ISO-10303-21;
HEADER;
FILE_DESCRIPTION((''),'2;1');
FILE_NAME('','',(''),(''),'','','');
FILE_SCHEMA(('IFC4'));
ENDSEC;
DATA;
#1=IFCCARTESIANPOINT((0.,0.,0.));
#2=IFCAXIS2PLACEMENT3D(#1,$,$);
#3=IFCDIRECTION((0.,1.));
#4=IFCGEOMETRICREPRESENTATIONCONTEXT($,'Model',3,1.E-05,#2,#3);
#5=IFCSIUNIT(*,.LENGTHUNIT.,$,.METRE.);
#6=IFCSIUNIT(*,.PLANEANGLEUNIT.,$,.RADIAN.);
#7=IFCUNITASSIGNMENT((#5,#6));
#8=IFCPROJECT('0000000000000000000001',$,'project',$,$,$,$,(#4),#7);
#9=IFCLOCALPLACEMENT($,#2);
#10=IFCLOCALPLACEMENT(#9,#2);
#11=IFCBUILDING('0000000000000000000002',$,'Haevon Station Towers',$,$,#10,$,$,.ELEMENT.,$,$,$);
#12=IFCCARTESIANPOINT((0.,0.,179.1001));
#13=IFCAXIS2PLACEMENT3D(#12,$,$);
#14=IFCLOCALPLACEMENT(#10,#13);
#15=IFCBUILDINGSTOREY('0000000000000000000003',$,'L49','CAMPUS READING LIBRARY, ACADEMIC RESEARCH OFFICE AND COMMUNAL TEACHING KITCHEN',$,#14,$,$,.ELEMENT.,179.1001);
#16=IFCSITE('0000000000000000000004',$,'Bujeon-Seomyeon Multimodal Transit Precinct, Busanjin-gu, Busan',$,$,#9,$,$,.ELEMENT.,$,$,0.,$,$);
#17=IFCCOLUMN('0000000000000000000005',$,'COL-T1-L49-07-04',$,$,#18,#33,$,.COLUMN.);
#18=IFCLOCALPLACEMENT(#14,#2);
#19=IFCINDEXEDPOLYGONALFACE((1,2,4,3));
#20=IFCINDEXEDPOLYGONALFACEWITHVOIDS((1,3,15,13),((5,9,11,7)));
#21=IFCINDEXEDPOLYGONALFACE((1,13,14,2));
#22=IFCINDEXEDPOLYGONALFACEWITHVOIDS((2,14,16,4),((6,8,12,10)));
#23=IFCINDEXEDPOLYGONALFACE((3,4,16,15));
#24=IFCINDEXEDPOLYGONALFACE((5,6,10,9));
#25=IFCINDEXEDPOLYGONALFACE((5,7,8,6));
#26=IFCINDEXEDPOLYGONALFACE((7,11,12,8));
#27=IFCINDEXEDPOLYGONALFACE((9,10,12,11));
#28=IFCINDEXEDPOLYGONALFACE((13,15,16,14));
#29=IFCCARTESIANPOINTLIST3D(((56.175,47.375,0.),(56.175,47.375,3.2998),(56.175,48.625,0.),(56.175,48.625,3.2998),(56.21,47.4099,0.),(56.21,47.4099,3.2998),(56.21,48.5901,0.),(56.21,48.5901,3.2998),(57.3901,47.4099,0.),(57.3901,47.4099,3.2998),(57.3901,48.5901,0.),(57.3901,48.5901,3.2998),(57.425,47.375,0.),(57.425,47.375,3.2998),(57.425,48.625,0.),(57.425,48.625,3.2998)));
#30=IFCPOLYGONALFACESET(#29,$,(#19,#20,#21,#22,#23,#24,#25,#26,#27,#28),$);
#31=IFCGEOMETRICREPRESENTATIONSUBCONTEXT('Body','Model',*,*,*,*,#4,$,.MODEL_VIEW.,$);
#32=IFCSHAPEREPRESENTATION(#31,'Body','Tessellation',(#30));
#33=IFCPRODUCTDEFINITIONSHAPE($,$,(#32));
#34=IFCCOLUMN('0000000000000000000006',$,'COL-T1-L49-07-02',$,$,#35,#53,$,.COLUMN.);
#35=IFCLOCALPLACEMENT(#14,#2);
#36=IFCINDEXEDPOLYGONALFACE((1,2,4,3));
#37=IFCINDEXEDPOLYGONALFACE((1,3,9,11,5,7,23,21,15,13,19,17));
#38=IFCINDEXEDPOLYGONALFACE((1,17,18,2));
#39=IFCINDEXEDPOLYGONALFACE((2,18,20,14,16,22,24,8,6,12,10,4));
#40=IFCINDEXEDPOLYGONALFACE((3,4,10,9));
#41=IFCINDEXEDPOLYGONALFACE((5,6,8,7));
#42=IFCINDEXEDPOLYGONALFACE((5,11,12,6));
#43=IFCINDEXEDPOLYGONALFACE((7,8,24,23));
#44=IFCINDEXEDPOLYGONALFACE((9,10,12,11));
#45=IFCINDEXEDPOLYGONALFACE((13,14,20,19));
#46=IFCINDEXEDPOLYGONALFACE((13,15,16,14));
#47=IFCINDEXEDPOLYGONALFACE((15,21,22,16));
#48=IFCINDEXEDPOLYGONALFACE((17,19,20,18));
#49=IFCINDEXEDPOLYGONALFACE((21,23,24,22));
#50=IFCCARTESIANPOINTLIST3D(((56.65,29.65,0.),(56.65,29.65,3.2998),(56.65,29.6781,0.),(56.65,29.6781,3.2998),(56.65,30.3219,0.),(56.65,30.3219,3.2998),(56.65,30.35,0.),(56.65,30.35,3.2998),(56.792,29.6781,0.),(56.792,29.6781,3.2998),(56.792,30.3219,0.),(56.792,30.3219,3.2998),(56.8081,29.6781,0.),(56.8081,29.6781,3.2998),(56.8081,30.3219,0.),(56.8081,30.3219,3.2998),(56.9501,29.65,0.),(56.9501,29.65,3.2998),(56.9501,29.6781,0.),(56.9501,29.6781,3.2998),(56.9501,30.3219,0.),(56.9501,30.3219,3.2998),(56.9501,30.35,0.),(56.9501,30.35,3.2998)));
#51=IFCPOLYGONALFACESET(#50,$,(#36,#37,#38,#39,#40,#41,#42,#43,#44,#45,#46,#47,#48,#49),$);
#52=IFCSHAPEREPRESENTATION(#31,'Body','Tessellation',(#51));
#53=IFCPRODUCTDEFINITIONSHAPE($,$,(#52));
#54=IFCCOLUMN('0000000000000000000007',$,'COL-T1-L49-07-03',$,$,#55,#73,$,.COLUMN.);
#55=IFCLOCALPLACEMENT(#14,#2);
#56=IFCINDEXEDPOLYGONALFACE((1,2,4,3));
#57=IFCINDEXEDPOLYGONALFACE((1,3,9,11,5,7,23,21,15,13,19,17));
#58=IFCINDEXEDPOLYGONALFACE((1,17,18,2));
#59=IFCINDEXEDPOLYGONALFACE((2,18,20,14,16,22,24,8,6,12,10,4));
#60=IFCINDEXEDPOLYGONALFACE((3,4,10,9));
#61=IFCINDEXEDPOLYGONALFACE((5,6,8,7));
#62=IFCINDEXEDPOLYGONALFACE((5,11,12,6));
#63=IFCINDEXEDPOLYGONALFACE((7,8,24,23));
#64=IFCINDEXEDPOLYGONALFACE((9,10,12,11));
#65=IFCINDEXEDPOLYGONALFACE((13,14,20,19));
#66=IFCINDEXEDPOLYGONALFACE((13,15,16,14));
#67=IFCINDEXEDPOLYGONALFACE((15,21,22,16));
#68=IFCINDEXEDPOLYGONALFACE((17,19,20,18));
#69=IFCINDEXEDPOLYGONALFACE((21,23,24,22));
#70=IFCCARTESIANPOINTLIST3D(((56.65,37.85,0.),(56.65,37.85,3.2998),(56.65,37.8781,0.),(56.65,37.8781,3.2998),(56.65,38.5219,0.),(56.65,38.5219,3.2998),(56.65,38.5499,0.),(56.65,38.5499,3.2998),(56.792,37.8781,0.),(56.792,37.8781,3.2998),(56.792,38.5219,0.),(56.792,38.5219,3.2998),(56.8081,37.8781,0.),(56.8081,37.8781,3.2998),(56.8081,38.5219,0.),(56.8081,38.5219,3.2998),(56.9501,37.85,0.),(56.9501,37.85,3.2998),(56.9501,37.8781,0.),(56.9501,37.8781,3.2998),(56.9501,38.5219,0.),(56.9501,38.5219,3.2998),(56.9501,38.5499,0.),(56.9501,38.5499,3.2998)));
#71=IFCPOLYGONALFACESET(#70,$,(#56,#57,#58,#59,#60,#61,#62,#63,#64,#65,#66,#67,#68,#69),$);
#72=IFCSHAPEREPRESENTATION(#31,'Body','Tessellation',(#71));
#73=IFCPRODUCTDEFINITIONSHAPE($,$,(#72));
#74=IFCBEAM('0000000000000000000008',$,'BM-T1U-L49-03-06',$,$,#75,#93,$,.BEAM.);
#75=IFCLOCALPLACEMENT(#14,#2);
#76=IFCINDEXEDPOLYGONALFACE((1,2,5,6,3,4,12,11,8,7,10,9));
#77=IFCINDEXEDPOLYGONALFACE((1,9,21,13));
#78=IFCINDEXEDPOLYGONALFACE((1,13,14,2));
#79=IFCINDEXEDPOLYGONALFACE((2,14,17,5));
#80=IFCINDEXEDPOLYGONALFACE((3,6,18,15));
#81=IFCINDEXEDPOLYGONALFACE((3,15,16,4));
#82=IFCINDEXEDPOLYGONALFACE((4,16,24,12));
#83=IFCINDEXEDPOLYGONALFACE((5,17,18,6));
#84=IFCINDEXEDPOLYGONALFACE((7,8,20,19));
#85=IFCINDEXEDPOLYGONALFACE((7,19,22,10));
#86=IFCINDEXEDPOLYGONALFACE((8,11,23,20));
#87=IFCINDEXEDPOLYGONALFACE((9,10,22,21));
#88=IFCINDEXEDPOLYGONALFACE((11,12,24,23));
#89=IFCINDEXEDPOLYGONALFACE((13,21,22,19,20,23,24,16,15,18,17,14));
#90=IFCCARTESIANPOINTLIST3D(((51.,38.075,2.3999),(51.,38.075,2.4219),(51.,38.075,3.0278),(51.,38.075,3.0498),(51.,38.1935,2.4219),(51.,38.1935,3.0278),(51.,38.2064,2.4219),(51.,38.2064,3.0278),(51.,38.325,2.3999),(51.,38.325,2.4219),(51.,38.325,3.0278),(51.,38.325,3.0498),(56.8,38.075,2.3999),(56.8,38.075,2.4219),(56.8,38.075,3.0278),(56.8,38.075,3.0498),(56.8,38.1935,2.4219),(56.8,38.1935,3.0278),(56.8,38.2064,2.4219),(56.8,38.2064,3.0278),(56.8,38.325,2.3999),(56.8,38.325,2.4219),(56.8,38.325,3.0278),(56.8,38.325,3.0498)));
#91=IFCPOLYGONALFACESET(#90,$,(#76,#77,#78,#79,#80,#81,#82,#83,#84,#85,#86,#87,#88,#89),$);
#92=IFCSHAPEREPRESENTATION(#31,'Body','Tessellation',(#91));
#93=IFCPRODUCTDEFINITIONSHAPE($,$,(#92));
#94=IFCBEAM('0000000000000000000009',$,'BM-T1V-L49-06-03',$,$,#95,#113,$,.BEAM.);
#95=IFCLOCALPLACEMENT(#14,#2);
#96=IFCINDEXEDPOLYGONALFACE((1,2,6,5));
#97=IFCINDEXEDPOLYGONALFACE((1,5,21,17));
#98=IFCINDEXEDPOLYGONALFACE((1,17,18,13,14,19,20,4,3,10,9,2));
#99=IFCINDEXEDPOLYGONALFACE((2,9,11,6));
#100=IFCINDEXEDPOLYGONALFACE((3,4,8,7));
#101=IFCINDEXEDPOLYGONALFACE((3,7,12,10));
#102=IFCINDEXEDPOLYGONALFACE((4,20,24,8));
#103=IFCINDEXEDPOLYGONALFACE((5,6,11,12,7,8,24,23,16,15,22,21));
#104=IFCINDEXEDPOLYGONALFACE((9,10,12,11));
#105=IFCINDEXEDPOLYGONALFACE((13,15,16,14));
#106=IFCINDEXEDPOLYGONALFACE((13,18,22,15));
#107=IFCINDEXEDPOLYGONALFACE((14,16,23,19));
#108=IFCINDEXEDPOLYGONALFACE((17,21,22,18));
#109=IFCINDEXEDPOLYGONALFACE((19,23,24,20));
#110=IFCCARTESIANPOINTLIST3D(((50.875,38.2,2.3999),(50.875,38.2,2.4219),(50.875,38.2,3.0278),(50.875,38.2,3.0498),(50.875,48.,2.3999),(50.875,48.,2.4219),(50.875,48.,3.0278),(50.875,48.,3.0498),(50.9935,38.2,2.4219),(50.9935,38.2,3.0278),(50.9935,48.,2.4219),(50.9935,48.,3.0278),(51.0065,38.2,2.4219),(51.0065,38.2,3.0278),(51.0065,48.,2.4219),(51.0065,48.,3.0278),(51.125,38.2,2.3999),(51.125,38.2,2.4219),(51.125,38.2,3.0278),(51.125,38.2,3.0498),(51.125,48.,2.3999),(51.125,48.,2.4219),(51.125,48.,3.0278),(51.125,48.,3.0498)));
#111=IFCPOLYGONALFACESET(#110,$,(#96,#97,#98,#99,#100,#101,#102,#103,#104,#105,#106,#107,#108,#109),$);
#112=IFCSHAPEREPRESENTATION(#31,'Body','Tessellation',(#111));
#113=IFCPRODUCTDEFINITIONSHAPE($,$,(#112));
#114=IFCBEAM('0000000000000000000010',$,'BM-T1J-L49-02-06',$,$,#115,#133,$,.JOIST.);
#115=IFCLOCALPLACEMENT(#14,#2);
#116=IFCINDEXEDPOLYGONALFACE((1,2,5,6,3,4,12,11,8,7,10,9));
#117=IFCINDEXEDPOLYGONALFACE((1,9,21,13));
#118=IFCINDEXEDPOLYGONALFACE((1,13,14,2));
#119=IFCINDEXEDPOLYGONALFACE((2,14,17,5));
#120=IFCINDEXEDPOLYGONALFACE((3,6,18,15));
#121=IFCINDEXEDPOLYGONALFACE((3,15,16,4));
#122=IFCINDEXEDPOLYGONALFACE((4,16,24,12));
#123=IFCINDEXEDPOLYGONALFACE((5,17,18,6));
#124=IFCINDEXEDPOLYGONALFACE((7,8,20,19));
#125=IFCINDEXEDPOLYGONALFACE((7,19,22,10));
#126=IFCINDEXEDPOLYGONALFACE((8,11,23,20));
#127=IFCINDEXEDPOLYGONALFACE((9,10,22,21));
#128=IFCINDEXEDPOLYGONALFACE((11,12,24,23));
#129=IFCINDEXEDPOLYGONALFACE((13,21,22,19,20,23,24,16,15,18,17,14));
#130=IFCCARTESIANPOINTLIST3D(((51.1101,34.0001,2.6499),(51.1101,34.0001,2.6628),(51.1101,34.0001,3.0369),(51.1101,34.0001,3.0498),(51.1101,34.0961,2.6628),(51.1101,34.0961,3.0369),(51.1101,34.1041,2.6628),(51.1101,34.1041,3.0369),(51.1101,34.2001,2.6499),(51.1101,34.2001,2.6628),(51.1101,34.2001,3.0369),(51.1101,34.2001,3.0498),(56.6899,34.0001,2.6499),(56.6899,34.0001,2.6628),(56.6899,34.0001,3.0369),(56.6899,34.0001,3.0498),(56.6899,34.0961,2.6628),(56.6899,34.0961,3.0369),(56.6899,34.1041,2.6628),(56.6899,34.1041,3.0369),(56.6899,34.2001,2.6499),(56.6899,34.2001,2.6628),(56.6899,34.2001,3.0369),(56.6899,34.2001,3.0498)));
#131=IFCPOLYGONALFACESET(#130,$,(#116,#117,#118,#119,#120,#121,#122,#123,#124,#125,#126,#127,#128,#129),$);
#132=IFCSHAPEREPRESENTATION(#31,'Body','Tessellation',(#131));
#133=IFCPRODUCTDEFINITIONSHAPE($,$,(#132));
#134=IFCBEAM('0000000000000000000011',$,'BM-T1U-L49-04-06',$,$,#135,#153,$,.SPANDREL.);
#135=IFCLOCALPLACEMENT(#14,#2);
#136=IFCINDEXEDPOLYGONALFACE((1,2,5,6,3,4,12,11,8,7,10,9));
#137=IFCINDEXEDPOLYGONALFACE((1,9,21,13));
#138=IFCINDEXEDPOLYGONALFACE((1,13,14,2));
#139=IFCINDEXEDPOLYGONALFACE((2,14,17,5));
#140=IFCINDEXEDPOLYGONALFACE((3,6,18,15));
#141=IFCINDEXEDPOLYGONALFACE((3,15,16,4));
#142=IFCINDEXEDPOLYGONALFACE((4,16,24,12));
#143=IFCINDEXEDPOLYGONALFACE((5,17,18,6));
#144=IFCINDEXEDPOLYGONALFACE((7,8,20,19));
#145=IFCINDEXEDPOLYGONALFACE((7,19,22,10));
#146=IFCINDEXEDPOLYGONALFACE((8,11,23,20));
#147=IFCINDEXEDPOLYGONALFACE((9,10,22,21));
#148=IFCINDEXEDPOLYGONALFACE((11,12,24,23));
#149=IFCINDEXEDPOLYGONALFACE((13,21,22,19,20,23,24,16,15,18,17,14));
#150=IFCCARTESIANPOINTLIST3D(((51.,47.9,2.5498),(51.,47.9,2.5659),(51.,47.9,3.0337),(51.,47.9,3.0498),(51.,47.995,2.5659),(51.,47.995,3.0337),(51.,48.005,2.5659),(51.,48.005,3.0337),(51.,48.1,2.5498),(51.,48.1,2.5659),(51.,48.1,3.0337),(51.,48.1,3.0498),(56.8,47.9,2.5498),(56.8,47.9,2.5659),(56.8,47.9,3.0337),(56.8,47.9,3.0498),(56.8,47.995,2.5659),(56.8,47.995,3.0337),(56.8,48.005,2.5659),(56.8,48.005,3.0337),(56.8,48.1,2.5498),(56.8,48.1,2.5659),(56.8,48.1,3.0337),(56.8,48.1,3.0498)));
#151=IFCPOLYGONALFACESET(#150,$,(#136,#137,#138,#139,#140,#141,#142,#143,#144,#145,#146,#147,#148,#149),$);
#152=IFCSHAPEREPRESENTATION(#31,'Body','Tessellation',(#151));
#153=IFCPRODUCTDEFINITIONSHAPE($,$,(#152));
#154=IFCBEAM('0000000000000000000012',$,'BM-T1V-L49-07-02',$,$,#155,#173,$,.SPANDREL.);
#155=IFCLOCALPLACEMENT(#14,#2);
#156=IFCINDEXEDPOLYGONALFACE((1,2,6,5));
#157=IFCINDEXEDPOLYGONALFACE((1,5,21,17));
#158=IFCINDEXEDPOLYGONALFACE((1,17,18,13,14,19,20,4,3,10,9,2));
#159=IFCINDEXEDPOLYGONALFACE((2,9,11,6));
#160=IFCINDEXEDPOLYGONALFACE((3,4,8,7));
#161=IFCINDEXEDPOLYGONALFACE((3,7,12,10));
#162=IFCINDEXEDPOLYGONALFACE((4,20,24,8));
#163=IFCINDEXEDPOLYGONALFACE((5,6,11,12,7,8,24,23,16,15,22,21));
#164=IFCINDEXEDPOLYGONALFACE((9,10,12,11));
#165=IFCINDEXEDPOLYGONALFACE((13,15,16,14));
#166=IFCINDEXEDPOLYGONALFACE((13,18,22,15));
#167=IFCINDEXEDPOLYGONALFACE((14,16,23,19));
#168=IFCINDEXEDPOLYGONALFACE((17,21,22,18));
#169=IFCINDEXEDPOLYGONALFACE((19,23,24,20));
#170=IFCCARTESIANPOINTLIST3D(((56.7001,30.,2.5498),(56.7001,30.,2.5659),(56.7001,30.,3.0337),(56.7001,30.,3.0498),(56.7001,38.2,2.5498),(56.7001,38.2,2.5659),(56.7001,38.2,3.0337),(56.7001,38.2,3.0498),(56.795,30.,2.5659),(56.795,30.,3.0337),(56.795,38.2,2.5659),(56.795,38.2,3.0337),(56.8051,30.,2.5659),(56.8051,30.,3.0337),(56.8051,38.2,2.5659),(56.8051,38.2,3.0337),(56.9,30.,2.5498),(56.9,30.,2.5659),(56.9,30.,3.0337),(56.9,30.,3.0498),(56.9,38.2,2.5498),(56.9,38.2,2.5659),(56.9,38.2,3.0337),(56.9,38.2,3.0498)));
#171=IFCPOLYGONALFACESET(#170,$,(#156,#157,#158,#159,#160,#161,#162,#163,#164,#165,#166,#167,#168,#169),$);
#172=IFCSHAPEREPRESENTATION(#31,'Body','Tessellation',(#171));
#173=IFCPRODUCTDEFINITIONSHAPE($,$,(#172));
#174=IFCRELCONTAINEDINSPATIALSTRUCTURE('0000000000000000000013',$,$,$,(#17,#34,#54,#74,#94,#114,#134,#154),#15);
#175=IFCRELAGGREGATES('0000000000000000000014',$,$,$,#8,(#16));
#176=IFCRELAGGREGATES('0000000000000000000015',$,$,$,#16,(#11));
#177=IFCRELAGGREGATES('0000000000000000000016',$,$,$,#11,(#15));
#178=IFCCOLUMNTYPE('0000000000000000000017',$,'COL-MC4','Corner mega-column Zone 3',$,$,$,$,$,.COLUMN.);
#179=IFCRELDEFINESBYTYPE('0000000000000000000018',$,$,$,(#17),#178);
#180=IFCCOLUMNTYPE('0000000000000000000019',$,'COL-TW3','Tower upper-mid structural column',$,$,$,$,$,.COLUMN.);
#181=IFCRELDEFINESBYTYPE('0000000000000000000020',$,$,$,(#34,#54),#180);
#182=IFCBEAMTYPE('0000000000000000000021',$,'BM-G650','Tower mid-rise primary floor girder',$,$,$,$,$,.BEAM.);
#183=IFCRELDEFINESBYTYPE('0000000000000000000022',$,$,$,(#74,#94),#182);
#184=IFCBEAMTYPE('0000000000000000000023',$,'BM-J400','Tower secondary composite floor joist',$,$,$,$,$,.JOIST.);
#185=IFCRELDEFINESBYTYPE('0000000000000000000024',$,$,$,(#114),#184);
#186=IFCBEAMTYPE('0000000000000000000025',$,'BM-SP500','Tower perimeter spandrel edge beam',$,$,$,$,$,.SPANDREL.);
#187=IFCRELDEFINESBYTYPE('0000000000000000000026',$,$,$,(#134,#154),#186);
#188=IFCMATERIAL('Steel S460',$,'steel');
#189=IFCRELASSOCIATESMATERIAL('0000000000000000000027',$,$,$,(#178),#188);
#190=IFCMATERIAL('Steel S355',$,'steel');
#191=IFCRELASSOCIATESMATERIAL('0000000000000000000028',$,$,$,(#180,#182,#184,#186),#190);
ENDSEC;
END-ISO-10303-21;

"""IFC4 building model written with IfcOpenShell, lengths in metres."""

from ifc_helpers import new_model, si_unit, direction, frame, origin, origin_2d, place, context, subcontext, project, spatial, hollow_rectangle, i_section, extrude, material, material_profile, profile_set, type_object, element, save


model = new_model("IFC4")

# Units and contexts
model_context = context("Model", 3, precision=1e-05, world=origin(), true_north=direction((0.0, 1.0)))
body_context = subcontext(model_context, "Body", "Model", "MODEL_VIEW")
ifc_project = project(units=[si_unit("LENGTHUNIT", "METRE"), si_unit("PLANEANGLEUNIT", "RADIAN")], contexts=[model_context])

# Site, building, storey
site_placement = place(None, origin())
site = spatial("IfcSite", under=ifc_project, at=site_placement, Name="Bujeon-Seomyeon Multimodal Transit Precinct, Busanjin-gu, Busan", CompositionType="ELEMENT", RefElevation=0.0)
building_placement = place(site_placement, origin())
building = spatial("IfcBuilding", under=site, at=building_placement, Name="Haevon Station Towers", CompositionType="ELEMENT")
storey_placement = place(building_placement, frame((0.0, 0.0, 179.1001)))
storey = spatial("IfcBuildingStorey", under=building, at=storey_placement, Name="L49", Description="CAMPUS READING LIBRARY, ACADEMIC RESEARCH OFFICE AND COMMUNAL TEACHING KITCHEN", CompositionType="ELEMENT", Elevation=179.1001)

# Columns
ifc_material_1 = material(Name="Steel S460", Category="steel")
ifc_material_profile_1 = material_profile(ifc_material_1, hollow_rectangle(XDim=1.25, YDim=1.25, WallThickness=0.0349, at=origin_2d()), Name="BOX-1250x1250x35")
ifc_profile_set_1 = profile_set([ifc_material_profile_1], Name="Steel S460")
column_type_1 = type_object("IfcColumnType", Name="COL-MC4", Description="Corner mega-column Zone 3", PredefinedType="COLUMN", material=ifc_profile_set_1)
column_placement = place(storey_placement, frame((56.8, 48.0, 0.0), z_axis=(0.0, 0.0, 1.0), x_axis=(1.0, 0.0, 0.0)))
element("IfcColumn", 1, at=column_placement, inside=storey, type_object=column_type_1, Name="COL-T1-L49-07-04", PredefinedType="COLUMN", context=body_context, shape_type="SweptSolid", body=[
    extrude(hollow_rectangle(XDim=1.25, YDim=1.25, WallThickness=0.0349, at=origin_2d()), origin(), (0.0, 0.0, 1.0), 3.2998),
])
ifc_material_2 = material(Name="Steel S355", Category="steel")
ifc_material_profile_2 = material_profile(ifc_material_2, i_section(OverallWidth=0.3, OverallDepth=0.7, WebThickness=0.0161, FlangeThickness=0.0281, at=origin_2d()), Name="H-700x300x16x28")
ifc_profile_set_2 = profile_set([ifc_material_profile_2], Name="Steel S355")
column_type_2 = type_object("IfcColumnType", Name="COL-TW3", Description="Tower upper-mid structural column", PredefinedType="COLUMN", material=ifc_profile_set_2)
for number, where, z_axis, x_axis, name in (
    (2, (56.8, 30.0, 0.0), (0.0, 0.0, 1.0), (1.0, 0.0, 0.0), "COL-T1-L49-07-02"),
    (3, (56.8, 38.2, 0.0), (0.0, 0.0, 1.0), (1.0, 0.0, 0.0), "COL-T1-L49-07-03"),
):
    element("IfcColumn", number, at=place(storey_placement, frame(where, z_axis=z_axis, x_axis=x_axis)), inside=storey, type_object=column_type_2, Name=name, PredefinedType="COLUMN", context=body_context, shape_type="SweptSolid", body=[
        extrude(i_section(OverallWidth=0.3, OverallDepth=0.7, WebThickness=0.0161, FlangeThickness=0.0281, at=origin_2d()), origin(), (0.0, 0.0, 1.0), 3.2998),
    ])

# Beams
ifc_material_profile_3 = material_profile(ifc_material_2, i_section(OverallWidth=0.25, OverallDepth=0.6499, WebThickness=0.0129, FlangeThickness=0.022, at=origin_2d()), Name="H-650x250x13x22")
ifc_profile_set_3 = profile_set([ifc_material_profile_3], Name="Steel S355")
beam_type_1 = type_object("IfcBeamType", Name="BM-G650", Description="Tower mid-rise primary floor girder", PredefinedType="BEAM", material=ifc_profile_set_3)
beam_1_placement = place(storey_placement, frame((51.0, 38.2, 2.7249), z_axis=(1.0, 0.0, 0.0), x_axis=(0.0, 1.0, 0.0)))
element("IfcBeam", 4, at=beam_1_placement, inside=storey, type_object=beam_type_1, Name="BM-T1U-L49-03-06", PredefinedType="BEAM", context=body_context, shape_type="SweptSolid", body=[
    extrude(i_section(OverallWidth=0.25, OverallDepth=0.6499, WebThickness=0.0129, FlangeThickness=0.022, at=origin_2d()), origin(), (0.0, 0.0, 1.0), 5.8),
])
beam_2_placement = place(storey_placement, frame((51.0, 38.2, 2.7249), z_axis=(0.0, 1.0, 0.0), x_axis=(-1.0, 0.0, 0.0)))
element("IfcBeam", 5, at=beam_2_placement, inside=storey, type_object=beam_type_1, Name="BM-T1V-L49-06-03", PredefinedType="BEAM", context=body_context, shape_type="SweptSolid", body=[
    extrude(i_section(OverallWidth=0.25, OverallDepth=0.6499, WebThickness=0.0129, FlangeThickness=0.022, at=origin_2d()), origin(), (0.0, 0.0, 1.0), 9.8),
])
ifc_material_profile_4 = material_profile(ifc_material_2, i_section(OverallWidth=0.2, OverallDepth=0.3999, WebThickness=0.0081, FlangeThickness=0.0129, at=origin_2d()), Name="H-400x200x8x13")
ifc_profile_set_4 = profile_set([ifc_material_profile_4], Name="Steel S355")
beam_type_2 = type_object("IfcBeamType", Name="BM-J400", Description="Tower secondary composite floor joist", PredefinedType="JOIST", material=ifc_profile_set_4)
beam_3_placement = place(storey_placement, frame((51.1101, 34.1001, 2.8499), z_axis=(1.0, 0.0, 0.0), x_axis=(0.0, 1.0, 0.0)))
element("IfcBeam", 6, at=beam_3_placement, inside=storey, type_object=beam_type_2, Name="BM-T1J-L49-02-06", PredefinedType="JOIST", context=body_context, shape_type="SweptSolid", body=[
    extrude(i_section(OverallWidth=0.2, OverallDepth=0.3999, WebThickness=0.0081, FlangeThickness=0.0129, at=origin_2d()), origin(), (0.0, 0.0, 1.0), 5.5798),
])
ifc_material_profile_5 = material_profile(ifc_material_2, i_section(OverallWidth=0.2, OverallDepth=0.5, WebThickness=0.01, FlangeThickness=0.0161, at=origin_2d()), Name="H-500x200x10x16")
ifc_profile_set_5 = profile_set([ifc_material_profile_5], Name="Steel S355")
beam_type_3 = type_object("IfcBeamType", Name="BM-SP500", Description="Tower perimeter spandrel edge beam", PredefinedType="SPANDREL", material=ifc_profile_set_5)
beam_4_placement = place(storey_placement, frame((51.0, 48.0, 2.7998), z_axis=(1.0, 0.0, 0.0), x_axis=(0.0, 1.0, 0.0)))
element("IfcBeam", 7, at=beam_4_placement, inside=storey, type_object=beam_type_3, Name="BM-T1U-L49-04-06", PredefinedType="SPANDREL", context=body_context, shape_type="SweptSolid", body=[
    extrude(i_section(OverallWidth=0.2, OverallDepth=0.5, WebThickness=0.01, FlangeThickness=0.0161, at=origin_2d()), origin(), (0.0, 0.0, 1.0), 5.8),
])
beam_5_placement = place(storey_placement, frame((56.8, 30.0, 2.7998), z_axis=(0.0, 1.0, 0.0), x_axis=(-1.0, 0.0, 0.0)))
element("IfcBeam", 8, at=beam_5_placement, inside=storey, type_object=beam_type_3, Name="BM-T1V-L49-07-02", PredefinedType="SPANDREL", context=body_context, shape_type="SweptSolid", body=[
    extrude(i_section(OverallWidth=0.2, OverallDepth=0.5, WebThickness=0.01, FlangeThickness=0.0161, at=origin_2d()), origin(), (0.0, 0.0, 1.0), 8.2),
])

save(model, "model.ifc")
